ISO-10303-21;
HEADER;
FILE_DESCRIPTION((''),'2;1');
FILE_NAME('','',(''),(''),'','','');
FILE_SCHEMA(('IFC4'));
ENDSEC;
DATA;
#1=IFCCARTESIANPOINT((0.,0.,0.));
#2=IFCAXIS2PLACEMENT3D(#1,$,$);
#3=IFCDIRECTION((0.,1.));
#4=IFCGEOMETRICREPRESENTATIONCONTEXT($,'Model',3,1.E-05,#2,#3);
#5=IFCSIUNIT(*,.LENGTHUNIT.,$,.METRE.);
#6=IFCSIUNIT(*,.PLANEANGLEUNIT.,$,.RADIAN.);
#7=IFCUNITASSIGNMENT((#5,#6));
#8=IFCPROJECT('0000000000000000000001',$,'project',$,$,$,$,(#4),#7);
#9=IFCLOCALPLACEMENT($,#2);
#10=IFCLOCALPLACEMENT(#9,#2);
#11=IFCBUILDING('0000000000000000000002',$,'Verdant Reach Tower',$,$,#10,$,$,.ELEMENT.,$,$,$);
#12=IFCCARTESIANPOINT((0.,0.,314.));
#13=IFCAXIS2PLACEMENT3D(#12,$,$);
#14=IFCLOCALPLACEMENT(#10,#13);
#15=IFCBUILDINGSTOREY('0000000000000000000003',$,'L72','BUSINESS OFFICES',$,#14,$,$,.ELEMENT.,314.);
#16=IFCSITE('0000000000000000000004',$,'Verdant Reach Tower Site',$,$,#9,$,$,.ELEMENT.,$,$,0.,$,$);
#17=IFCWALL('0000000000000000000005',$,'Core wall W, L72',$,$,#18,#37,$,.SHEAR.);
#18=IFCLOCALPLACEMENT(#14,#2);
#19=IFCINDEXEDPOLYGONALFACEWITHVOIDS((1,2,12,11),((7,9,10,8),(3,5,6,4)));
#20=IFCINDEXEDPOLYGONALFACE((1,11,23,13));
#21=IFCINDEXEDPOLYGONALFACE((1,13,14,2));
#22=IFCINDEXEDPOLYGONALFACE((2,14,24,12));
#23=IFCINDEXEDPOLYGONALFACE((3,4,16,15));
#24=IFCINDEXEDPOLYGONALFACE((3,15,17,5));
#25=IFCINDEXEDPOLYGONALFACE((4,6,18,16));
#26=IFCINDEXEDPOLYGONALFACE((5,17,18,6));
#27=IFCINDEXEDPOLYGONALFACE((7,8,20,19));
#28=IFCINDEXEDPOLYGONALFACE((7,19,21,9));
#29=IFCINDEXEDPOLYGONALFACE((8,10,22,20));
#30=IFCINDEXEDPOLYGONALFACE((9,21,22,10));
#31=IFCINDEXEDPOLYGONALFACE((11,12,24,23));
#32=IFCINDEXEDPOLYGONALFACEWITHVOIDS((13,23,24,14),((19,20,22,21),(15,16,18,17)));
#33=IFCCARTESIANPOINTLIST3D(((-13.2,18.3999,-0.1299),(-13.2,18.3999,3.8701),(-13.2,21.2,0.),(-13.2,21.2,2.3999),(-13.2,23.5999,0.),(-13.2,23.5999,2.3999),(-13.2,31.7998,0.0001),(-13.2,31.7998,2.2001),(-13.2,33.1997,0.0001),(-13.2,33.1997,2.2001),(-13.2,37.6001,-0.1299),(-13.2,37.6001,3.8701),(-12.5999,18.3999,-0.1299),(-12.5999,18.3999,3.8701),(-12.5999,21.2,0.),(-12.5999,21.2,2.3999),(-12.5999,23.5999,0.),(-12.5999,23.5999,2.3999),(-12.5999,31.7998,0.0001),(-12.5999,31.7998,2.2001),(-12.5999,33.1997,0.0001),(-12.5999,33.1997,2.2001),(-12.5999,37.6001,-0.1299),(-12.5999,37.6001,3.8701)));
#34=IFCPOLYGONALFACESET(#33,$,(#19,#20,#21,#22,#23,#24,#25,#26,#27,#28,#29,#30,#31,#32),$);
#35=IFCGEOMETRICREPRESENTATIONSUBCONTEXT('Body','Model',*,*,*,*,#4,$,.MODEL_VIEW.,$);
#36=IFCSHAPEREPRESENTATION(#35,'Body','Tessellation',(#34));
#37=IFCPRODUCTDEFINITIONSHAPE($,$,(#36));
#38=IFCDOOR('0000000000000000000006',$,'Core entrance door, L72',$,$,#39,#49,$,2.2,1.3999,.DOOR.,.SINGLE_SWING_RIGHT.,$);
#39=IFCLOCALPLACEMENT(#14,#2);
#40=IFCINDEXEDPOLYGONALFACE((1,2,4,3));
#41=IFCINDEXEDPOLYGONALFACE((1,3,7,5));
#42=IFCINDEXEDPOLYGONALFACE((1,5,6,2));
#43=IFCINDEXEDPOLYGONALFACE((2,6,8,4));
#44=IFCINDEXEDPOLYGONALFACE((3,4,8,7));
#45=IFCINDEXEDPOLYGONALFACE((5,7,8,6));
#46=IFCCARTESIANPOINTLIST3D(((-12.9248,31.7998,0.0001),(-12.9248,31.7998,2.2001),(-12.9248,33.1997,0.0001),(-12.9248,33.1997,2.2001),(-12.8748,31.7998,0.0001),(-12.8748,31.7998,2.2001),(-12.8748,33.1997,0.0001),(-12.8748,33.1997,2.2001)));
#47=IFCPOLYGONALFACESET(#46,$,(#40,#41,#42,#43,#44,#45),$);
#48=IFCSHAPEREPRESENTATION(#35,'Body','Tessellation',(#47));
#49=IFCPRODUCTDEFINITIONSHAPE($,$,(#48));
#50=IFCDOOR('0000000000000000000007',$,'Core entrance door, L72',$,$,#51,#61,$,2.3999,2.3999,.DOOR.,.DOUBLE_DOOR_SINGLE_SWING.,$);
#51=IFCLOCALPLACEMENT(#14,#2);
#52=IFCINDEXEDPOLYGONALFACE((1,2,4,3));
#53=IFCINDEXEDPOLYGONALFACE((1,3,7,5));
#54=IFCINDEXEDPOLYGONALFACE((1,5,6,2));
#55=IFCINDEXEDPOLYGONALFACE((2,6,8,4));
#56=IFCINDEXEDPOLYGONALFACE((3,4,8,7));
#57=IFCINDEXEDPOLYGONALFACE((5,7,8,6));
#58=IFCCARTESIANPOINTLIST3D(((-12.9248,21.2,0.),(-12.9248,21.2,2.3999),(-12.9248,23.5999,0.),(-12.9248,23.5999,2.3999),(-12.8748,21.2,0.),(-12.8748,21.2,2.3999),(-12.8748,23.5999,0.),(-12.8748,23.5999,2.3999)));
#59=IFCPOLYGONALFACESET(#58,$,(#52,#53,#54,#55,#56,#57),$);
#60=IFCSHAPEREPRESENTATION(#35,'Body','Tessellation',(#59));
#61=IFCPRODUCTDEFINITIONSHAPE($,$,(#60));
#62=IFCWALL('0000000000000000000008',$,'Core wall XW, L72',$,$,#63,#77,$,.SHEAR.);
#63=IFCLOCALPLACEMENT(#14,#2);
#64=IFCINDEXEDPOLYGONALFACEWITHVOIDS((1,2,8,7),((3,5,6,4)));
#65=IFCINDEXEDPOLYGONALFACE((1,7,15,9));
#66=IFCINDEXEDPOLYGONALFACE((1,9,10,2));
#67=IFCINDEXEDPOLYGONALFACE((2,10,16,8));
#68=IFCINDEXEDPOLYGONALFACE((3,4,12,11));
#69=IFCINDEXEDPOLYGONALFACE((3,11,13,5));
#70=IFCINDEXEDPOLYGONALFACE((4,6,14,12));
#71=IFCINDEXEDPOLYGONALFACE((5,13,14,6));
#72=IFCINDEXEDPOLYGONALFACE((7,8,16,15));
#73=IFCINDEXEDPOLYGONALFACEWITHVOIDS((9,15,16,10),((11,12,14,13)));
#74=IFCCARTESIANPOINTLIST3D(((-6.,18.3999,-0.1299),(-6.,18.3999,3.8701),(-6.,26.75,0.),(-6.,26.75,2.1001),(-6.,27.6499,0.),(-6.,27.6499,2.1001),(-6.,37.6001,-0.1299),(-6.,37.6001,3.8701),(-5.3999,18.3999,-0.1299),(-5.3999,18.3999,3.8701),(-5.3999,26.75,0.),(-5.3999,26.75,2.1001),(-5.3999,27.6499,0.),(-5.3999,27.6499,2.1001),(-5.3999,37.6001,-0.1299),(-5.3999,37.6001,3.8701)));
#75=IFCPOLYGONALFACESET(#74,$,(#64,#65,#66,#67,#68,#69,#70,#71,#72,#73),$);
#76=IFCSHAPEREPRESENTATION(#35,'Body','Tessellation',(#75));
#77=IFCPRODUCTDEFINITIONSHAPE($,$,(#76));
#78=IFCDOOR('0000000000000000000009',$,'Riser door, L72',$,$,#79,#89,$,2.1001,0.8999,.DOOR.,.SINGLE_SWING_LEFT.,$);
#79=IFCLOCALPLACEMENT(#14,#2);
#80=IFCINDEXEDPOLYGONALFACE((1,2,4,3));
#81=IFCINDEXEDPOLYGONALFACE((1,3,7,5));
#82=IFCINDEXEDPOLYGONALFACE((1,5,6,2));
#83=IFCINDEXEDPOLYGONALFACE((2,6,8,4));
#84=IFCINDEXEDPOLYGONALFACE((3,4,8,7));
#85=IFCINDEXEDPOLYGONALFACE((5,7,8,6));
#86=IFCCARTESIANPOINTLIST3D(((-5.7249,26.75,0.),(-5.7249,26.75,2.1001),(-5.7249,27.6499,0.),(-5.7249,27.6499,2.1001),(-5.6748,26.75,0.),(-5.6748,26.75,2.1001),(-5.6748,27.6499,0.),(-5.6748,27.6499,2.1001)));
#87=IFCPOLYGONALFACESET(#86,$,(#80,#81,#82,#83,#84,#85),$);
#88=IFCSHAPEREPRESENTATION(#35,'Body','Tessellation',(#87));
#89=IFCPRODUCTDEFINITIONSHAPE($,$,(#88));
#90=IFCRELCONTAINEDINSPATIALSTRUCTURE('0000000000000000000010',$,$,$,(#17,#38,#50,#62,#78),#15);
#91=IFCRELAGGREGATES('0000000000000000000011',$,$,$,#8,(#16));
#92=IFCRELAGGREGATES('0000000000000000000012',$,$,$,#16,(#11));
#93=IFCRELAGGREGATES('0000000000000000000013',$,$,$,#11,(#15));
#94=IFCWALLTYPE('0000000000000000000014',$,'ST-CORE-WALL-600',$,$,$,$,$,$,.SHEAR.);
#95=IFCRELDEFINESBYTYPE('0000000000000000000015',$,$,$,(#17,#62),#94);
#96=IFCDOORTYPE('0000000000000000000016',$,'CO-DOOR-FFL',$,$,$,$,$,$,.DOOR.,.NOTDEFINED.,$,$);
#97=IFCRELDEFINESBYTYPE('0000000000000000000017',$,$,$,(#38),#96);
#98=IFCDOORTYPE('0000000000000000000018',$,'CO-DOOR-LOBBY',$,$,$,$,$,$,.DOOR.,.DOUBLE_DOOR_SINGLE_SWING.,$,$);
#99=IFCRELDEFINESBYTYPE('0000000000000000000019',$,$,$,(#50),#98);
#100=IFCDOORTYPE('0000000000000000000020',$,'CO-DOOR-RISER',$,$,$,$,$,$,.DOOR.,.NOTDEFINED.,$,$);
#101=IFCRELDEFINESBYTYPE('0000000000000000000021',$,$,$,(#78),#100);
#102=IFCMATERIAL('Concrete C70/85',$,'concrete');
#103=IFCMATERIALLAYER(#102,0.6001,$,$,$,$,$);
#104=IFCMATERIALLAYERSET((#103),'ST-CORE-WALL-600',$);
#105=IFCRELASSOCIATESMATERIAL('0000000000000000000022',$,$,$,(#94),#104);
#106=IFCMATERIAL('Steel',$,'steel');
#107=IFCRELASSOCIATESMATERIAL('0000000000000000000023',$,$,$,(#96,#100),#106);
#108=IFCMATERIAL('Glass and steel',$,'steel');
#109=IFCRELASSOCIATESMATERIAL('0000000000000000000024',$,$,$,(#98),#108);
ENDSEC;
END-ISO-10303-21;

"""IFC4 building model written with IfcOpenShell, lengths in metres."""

from ifc_helpers import new_model, si_unit, direction, frame, frame_2d, origin, place, context, subcontext, project, spatial, rectangle, extrude, material, layer, layer_set, type_object, element, fill, save


model = new_model("IFC4")

# Units and contexts
model_context = context("Model", 3, precision=1e-05, world=origin(), true_north=direction((0.0, 1.0)))
body_context = subcontext(model_context, "Body", "Model", "MODEL_VIEW")
ifc_project = project(units=[si_unit("LENGTHUNIT", "METRE"), si_unit("PLANEANGLEUNIT", "RADIAN")], contexts=[model_context])

# Site, building, storey
site_placement = place(None, origin())
site = spatial("IfcSite", under=ifc_project, at=site_placement, Name="Verdant Reach Tower Site", CompositionType="ELEMENT", RefElevation=0.0)
building_placement = place(site_placement, origin())
building = spatial("IfcBuilding", under=site, at=building_placement, Name="Verdant Reach Tower", CompositionType="ELEMENT")
storey_placement = place(building_placement, frame((0.0, 0.0, 314.0)))
storey = spatial("IfcBuildingStorey", under=building, at=storey_placement, Name="L72", Description="BUSINESS OFFICES", CompositionType="ELEMENT", Elevation=314.0)

# Wall, openings, doors
ifc_material_1 = material(Name="Concrete C70/85", Category="concrete")
ifc_layer_1 = layer(ifc_material_1, 0.6001)
ifc_layer_set_1 = layer_set([ifc_layer_1], Name="ST-CORE-WALL-600")
wall_type_1 = type_object("IfcWallType", Name="ST-CORE-WALL-600", PredefinedType="SHEAR", material=ifc_layer_set_1)
wall_1_placement = place(storey_placement, frame((-12.8999, 18.3999, -0.1299), z_axis=(0.0, 0.0, 1.0), x_axis=(0.0, 1.0, 0.0)))
wall_1 = element("IfcWall", 1, at=wall_1_placement, inside=storey, type_object=wall_type_1, Name="Core wall W, L72", PredefinedType="SHEAR", context=body_context, shape_type="SweptSolid", body=[
    extrude(rectangle(XDim=19.2002, YDim=0.6001, at=frame_2d((9.6001, 0.0))), origin(), (0.0, 0.0, 1.0), 4.0),
])
opening_1_placement = place(wall_1_placement, frame((2.8, 0.0, 0.1299)))
opening_1 = element("IfcOpeningElement", 2, at=opening_1_placement, cuts=wall_1, PredefinedType="OPENING", context=body_context, shape_type="SweptSolid", body=[
    extrude(rectangle(XDim=2.3999, YDim=2.3999, at=frame_2d((1.2, 1.2))), frame((0.0, 0.3101, 0.0), z_axis=(0.0, -1.0, 0.0), x_axis=(1.0, 0.0, 0.0)), (0.0, 0.0, 1.0), 0.6201),
])
opening_2_placement = place(wall_1_placement, frame((13.3999, 0.0, 0.1299)))
opening_2 = element("IfcOpeningElement", 3, at=opening_2_placement, cuts=wall_1, PredefinedType="OPENING", context=body_context, shape_type="SweptSolid", body=[
    extrude(rectangle(XDim=1.3999, YDim=2.2, at=frame_2d((0.7, 1.1001))), frame((0.0, 0.3101, 0.0), z_axis=(0.0, -1.0, 0.0), x_axis=(1.0, 0.0, 0.0)), (0.0, 0.0, 1.0), 0.6201),
])
ifc_material_2 = material(Name="Steel", Category="steel")
door_type_1 = type_object("IfcDoorType", Name="CO-DOOR-FFL", OperationType="NOTDEFINED", PredefinedType="DOOR", material=ifc_material_2)
door_1_placement = place(opening_2_placement, origin())
door_1 = element("IfcDoor", 4, at=door_1_placement, inside=storey, type_object=door_type_1, Name="Core entrance door, L72", OperationType="SINGLE_SWING_RIGHT", OverallHeight=2.2, OverallWidth=1.3999, PredefinedType="DOOR", context=body_context, shape_type="SweptSolid", body=[
    extrude(rectangle(XDim=1.3999, YDim=2.2, at=frame_2d((0.7, 1.1001))), frame((0.0, 0.0249, 0.0), z_axis=(0.0, -1.0, 0.0), x_axis=(1.0, 0.0, 0.0)), (0.0, 0.0, 1.0), 0.05),
])
fill(opening_2, door_1)
ifc_material_3 = material(Name="Glass and steel", Category="steel")
door_type_2 = type_object("IfcDoorType", Name="CO-DOOR-LOBBY", OperationType="DOUBLE_DOOR_SINGLE_SWING", PredefinedType="DOOR", material=ifc_material_3)
door_2_placement = place(opening_1_placement, origin())
door_2 = element("IfcDoor", 5, at=door_2_placement, inside=storey, type_object=door_type_2, Name="Core entrance door, L72", OperationType="DOUBLE_DOOR_SINGLE_SWING", OverallHeight=2.3999, OverallWidth=2.3999, PredefinedType="DOOR", context=body_context, shape_type="SweptSolid", body=[
    extrude(rectangle(XDim=2.3999, YDim=2.3999, at=frame_2d((1.2, 1.2))), frame((0.0, 0.0249, 0.0), z_axis=(0.0, -1.0, 0.0), x_axis=(1.0, 0.0, 0.0)), (0.0, 0.0, 1.0), 0.05),
])
fill(opening_1, door_2)

# Wall, opening, door
wall_2_placement = place(storey_placement, frame((-5.7, 18.3999, -0.1299), z_axis=(0.0, 0.0, 1.0), x_axis=(0.0, 1.0, 0.0)))
wall_2 = element("IfcWall", 6, at=wall_2_placement, inside=storey, type_object=wall_type_1, Name="Core wall XW, L72", PredefinedType="SHEAR", context=body_context, shape_type="SweptSolid", body=[
    extrude(rectangle(XDim=19.2002, YDim=0.6001, at=frame_2d((9.6001, 0.0))), origin(), (0.0, 0.0, 1.0), 4.0),
])
opening_3_placement = place(wall_2_placement, frame((8.3501, 0.0, 0.1299)))
opening_3 = element("IfcOpeningElement", 7, at=opening_3_placement, cuts=wall_2, PredefinedType="OPENING", context=body_context, shape_type="SweptSolid", body=[
    extrude(rectangle(XDim=0.8999, YDim=2.1001, at=frame_2d((0.45, 1.05))), frame((0.0, 0.3101, 0.0), z_axis=(0.0, -1.0, 0.0), x_axis=(1.0, 0.0, 0.0)), (0.0, 0.0, 1.0), 0.6201),
])
door_type_3 = type_object("IfcDoorType", Name="CO-DOOR-RISER", OperationType="NOTDEFINED", PredefinedType="DOOR", material=ifc_material_2)
door_3_placement = place(opening_3_placement, origin())
door_3 = element("IfcDoor", 8, at=door_3_placement, inside=storey, type_object=door_type_3, Name="Riser door, L72", OperationType="SINGLE_SWING_LEFT", OverallHeight=2.1001, OverallWidth=0.8999, PredefinedType="DOOR", context=body_context, shape_type="SweptSolid", body=[
    extrude(rectangle(XDim=0.8999, YDim=2.1001, at=frame_2d((0.45, 1.05))), frame((0.0, 0.0249, 0.0), z_axis=(0.0, -1.0, 0.0), x_axis=(1.0, 0.0, 0.0)), (0.0, 0.0, 1.0), 0.05),
])
fill(opening_3, door_3)

save(model, "model.ifc")
